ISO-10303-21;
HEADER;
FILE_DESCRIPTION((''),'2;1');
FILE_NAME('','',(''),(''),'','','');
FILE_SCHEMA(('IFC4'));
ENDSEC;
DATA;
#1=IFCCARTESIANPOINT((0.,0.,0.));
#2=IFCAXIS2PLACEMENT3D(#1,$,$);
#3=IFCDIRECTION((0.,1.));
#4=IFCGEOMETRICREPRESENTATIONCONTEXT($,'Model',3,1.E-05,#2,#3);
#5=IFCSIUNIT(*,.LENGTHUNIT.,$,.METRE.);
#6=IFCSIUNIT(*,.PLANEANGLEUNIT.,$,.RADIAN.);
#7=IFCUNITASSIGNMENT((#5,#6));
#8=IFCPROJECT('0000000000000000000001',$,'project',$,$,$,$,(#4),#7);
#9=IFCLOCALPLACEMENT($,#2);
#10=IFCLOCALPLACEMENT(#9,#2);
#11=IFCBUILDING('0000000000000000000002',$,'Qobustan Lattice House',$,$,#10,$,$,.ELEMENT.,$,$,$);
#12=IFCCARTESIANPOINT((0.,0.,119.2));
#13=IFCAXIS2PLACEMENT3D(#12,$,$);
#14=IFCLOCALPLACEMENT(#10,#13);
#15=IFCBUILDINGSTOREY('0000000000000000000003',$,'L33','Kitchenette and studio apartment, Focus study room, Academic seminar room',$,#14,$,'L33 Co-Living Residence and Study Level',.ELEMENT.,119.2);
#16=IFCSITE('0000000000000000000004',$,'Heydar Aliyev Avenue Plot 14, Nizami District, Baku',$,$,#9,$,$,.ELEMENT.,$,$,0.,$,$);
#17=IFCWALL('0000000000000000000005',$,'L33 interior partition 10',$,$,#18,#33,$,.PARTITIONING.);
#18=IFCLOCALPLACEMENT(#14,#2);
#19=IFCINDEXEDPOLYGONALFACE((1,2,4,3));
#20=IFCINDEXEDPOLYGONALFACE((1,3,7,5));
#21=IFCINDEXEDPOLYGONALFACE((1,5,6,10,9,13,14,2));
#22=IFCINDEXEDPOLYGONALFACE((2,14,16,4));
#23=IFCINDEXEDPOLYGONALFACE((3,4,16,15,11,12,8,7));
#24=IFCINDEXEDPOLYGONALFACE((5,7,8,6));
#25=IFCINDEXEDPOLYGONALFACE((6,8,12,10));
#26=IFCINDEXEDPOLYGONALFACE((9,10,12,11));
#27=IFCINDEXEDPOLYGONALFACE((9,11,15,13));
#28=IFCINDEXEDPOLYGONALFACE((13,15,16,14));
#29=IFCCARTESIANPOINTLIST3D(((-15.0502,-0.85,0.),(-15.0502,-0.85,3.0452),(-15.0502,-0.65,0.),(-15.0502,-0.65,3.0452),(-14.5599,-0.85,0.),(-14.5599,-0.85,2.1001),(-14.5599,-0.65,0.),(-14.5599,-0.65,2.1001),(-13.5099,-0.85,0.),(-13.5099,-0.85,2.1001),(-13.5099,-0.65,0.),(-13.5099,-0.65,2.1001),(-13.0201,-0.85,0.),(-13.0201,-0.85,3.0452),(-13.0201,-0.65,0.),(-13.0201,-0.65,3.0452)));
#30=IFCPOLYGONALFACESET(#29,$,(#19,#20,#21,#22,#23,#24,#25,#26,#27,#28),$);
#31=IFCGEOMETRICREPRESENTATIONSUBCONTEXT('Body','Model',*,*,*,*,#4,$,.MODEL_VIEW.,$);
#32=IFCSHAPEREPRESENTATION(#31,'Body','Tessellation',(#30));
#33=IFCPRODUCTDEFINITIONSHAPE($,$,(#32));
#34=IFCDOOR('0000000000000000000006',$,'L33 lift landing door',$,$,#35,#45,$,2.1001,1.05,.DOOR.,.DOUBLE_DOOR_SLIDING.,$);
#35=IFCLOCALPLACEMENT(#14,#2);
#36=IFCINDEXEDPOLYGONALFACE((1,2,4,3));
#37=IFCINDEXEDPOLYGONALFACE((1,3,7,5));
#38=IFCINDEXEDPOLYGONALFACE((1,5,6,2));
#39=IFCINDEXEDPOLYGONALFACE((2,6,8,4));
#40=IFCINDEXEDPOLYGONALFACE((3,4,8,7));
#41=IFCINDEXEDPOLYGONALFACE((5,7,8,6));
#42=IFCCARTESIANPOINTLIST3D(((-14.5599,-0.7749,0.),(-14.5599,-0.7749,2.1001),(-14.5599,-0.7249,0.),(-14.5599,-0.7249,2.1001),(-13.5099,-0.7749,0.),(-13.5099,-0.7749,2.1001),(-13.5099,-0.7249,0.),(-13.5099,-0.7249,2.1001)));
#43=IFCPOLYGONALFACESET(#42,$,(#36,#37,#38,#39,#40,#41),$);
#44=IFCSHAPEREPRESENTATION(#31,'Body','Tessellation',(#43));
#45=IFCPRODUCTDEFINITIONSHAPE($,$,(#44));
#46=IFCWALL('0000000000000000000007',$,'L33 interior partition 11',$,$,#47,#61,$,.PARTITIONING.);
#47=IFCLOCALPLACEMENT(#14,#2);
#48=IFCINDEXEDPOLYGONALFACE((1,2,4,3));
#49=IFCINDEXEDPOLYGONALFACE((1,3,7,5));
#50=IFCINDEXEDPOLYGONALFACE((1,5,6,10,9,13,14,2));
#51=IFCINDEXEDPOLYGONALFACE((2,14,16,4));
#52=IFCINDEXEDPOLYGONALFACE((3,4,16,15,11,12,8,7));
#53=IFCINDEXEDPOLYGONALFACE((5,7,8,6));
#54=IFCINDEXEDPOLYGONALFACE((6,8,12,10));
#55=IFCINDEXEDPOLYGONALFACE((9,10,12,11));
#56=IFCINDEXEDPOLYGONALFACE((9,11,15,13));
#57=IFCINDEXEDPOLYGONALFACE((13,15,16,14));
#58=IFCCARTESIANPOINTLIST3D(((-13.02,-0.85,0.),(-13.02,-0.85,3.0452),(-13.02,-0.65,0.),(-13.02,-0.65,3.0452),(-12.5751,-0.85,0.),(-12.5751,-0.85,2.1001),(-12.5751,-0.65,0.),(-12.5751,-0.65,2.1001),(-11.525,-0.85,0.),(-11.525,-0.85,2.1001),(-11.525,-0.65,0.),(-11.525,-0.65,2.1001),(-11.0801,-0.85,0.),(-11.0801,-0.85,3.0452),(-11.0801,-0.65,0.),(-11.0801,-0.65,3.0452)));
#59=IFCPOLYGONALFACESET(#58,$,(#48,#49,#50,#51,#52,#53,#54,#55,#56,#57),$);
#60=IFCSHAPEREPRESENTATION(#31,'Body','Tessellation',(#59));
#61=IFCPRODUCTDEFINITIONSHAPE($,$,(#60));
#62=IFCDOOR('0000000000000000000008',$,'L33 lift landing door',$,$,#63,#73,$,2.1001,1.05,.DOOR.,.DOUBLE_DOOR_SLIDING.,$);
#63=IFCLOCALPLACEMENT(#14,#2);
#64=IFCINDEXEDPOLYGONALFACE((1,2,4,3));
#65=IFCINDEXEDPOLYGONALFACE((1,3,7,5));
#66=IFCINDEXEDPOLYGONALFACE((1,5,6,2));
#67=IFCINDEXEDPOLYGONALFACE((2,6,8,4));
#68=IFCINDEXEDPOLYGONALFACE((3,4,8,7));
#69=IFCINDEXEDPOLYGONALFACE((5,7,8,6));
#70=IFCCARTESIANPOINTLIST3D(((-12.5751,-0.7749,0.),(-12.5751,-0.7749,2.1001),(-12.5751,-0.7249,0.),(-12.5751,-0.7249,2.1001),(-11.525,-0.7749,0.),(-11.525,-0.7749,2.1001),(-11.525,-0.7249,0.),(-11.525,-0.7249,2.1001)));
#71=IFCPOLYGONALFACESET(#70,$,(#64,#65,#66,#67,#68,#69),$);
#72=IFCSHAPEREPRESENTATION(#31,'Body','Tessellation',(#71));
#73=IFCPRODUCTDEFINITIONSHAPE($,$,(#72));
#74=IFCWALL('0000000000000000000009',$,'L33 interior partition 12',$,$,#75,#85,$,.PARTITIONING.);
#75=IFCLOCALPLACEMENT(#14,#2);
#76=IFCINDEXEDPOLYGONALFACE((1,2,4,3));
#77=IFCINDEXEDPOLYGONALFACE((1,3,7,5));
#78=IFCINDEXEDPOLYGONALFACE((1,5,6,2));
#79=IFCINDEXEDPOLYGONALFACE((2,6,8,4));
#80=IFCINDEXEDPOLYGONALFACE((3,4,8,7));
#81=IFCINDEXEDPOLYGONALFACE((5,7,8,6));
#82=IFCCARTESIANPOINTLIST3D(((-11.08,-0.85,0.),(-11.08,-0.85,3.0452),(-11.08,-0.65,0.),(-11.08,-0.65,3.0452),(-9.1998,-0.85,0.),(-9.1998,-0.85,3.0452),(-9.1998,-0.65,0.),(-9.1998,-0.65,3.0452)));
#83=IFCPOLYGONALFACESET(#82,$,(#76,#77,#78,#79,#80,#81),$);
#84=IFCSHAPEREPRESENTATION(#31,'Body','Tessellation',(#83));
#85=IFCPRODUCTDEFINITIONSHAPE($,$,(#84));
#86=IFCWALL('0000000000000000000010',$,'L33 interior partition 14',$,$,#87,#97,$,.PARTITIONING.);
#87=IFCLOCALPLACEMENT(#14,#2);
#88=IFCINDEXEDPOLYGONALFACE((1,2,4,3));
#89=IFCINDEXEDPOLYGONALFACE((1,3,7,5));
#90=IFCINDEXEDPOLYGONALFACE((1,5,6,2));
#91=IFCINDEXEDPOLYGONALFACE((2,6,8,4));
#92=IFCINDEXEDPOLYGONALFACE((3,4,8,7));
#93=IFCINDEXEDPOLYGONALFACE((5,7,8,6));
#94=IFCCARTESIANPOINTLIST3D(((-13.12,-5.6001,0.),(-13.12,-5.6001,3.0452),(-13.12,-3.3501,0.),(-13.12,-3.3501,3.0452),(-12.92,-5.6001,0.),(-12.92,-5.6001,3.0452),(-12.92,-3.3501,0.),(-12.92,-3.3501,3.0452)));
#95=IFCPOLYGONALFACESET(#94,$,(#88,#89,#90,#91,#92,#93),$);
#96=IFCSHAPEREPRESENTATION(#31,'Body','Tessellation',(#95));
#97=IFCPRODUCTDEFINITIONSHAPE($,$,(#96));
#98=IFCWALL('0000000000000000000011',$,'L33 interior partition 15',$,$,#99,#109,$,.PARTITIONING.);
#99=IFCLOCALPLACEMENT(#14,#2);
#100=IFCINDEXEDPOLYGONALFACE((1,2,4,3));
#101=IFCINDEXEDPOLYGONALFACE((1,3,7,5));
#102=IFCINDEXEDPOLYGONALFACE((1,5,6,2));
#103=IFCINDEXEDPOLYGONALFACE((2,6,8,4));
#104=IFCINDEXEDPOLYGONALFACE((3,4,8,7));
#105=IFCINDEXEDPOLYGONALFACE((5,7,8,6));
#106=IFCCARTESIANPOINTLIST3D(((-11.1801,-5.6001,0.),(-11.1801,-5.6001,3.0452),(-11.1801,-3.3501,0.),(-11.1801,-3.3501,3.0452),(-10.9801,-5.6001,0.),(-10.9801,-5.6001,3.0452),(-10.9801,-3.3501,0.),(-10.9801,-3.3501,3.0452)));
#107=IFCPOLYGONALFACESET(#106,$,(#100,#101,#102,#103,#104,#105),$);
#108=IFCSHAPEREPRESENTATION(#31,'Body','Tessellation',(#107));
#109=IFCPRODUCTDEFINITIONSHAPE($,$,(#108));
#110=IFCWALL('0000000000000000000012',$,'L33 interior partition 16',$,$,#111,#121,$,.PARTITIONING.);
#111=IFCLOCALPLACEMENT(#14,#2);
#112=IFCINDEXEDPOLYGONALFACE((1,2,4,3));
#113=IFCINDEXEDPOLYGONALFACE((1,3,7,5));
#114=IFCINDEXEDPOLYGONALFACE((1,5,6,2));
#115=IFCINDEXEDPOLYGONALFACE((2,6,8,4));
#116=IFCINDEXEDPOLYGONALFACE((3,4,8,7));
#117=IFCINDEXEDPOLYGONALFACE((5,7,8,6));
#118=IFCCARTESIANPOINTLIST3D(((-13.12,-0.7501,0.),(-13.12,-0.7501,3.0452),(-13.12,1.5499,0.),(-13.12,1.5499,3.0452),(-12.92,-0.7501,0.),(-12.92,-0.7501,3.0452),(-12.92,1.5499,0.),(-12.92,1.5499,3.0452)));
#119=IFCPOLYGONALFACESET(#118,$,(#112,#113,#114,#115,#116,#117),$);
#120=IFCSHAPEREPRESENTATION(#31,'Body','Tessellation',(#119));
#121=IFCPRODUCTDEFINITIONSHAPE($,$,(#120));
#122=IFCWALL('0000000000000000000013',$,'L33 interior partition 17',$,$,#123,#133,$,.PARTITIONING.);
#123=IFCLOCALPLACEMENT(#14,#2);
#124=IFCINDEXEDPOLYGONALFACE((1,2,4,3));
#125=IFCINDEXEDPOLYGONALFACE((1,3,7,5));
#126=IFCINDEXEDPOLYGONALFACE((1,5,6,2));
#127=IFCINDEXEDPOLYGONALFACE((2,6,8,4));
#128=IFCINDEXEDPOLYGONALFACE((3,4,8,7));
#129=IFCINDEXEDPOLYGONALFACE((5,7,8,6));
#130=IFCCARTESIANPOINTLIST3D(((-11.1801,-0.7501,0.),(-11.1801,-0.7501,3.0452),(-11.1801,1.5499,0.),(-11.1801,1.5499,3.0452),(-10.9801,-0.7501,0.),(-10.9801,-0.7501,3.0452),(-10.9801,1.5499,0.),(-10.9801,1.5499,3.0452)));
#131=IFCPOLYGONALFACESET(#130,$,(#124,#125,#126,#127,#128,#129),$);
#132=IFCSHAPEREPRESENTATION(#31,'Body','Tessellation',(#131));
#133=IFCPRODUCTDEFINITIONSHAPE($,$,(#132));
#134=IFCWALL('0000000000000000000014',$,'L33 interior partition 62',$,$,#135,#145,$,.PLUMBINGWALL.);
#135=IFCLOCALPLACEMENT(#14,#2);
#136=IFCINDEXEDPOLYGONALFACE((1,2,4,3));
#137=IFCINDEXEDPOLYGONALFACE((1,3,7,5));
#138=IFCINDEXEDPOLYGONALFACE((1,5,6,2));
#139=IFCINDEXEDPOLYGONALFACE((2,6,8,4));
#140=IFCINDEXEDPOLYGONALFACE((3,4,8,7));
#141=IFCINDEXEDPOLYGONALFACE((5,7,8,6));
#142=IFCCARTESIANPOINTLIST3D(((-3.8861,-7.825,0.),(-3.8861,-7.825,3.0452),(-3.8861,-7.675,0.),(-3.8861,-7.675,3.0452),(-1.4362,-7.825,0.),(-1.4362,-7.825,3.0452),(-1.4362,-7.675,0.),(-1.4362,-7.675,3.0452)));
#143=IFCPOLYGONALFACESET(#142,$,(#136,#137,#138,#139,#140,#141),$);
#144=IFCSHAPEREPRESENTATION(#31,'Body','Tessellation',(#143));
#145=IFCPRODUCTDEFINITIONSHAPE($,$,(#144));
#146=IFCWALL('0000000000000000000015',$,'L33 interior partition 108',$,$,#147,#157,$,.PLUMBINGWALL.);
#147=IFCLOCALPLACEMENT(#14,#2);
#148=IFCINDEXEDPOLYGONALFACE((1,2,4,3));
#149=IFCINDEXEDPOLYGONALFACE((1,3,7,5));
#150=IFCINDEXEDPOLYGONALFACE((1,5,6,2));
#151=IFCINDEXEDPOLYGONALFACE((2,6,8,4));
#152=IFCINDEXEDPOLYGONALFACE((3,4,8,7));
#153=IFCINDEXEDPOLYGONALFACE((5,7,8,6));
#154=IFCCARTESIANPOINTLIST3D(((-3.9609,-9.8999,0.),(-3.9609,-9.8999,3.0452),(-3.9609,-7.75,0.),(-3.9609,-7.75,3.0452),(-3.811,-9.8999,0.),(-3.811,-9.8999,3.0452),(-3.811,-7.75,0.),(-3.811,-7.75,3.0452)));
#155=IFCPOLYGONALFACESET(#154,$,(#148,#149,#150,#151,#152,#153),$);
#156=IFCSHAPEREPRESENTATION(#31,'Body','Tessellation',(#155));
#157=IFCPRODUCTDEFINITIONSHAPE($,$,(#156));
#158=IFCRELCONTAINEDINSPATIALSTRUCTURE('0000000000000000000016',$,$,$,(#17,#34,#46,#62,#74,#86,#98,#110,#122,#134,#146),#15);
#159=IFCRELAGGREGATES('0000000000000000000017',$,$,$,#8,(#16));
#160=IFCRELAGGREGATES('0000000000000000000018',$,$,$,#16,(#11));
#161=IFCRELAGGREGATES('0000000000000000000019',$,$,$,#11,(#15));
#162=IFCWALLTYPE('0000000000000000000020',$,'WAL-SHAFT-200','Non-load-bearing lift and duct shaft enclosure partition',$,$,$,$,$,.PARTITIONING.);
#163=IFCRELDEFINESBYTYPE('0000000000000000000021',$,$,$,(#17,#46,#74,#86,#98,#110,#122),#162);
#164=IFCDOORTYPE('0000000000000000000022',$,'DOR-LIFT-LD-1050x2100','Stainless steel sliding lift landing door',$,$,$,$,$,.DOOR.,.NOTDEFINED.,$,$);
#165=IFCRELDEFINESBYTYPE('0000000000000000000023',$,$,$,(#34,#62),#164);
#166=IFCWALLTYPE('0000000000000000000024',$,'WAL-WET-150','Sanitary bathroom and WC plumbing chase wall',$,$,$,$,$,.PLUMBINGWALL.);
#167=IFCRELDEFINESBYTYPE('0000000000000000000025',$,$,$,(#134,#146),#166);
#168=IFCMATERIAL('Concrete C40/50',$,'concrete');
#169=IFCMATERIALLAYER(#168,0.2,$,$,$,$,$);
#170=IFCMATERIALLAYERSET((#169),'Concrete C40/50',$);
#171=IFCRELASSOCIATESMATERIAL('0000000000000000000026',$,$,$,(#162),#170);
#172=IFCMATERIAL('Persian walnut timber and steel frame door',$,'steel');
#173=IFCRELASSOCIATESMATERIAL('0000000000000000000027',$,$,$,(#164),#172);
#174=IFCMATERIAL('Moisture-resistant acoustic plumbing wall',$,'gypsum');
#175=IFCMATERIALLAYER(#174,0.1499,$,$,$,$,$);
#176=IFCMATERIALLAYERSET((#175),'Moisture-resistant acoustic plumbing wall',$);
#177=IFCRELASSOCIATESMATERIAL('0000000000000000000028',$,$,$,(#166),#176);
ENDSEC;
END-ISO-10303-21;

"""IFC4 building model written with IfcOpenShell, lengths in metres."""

from ifc_helpers import new_model, si_unit, direction, frame, frame_2d, origin, place, context, subcontext, project, spatial, rectangle, extrude, material, layer, layer_set, type_object, element, fill, save


model = new_model("IFC4")

# Units and contexts
model_context = context("Model", 3, precision=1e-05, world=origin(), true_north=direction((0.0, 1.0)))
body_context = subcontext(model_context, "Body", "Model", "MODEL_VIEW")
ifc_project = project(units=[si_unit("LENGTHUNIT", "METRE"), si_unit("PLANEANGLEUNIT", "RADIAN")], contexts=[model_context])

# Site, building, storey
site_placement = place(None, origin())
site = spatial("IfcSite", under=ifc_project, at=site_placement, Name="Heydar Aliyev Avenue Plot 14, Nizami District, Baku", CompositionType="ELEMENT", RefElevation=0.0)
building_placement = place(site_placement, origin())
building = spatial("IfcBuilding", under=site, at=building_placement, Name="Qobustan Lattice House", CompositionType="ELEMENT")
storey_placement = place(building_placement, frame((0.0, 0.0, 119.2)))
storey = spatial("IfcBuildingStorey", under=building, at=storey_placement, Name="L33", Description="Kitchenette and studio apartment, Focus study room, Academic seminar room", LongName="L33 Co-Living Residence and Study Level", CompositionType="ELEMENT", Elevation=119.2)

# Shared definitions
ifc_material_1 = material(Name="Concrete C40/50", Category="concrete")
ifc_layer_1 = layer(ifc_material_1, 0.2)
ifc_layer_set_1 = layer_set([ifc_layer_1], Name="Concrete C40/50")
wall_type_1 = type_object("IfcWallType", Name="WAL-SHAFT-200", Description="Non-load-bearing lift and duct shaft enclosure partition", PredefinedType="PARTITIONING", material=ifc_layer_set_1)
ifc_material_2 = material(Name="Persian walnut timber and steel frame door", Category="steel")
door_type_1 = type_object("IfcDoorType", Name="DOR-LIFT-LD-1050x2100", Description="Stainless steel sliding lift landing door", OperationType="NOTDEFINED", PredefinedType="DOOR", material=ifc_material_2)

# Walls, openings, doors
wall_1_placement = place(storey_placement, frame((-13.02, -0.75, 0.0), z_axis=(0.0, 0.0, 1.0), x_axis=(-1.0, 0.0, 0.0)))
wall_1 = element("IfcWall", 1, at=wall_1_placement, inside=storey, type_object=wall_type_1, Name="L33 interior partition 10", PredefinedType="PARTITIONING", context=body_context, shape_type="SweptSolid", body=[
    extrude(rectangle(XDim=2.03, YDim=0.2, at=frame_2d((1.0151, 0.0))), origin(), (0.0, 0.0, 1.0), 3.0452),
])
opening_1_placement = place(wall_1_placement, frame((0.49, 0.0, 0.0)))
opening_1 = element("IfcOpeningElement", 2, at=opening_1_placement, cuts=wall_1, PredefinedType="OPENING", context=body_context, shape_type="SweptSolid", body=[
    extrude(rectangle(XDim=1.05, YDim=2.1001, at=frame_2d((0.5249, 1.05))), frame((0.0, 0.1099, 0.0), z_axis=(0.0, -1.0, 0.0), x_axis=(1.0, 0.0, 0.0)), (0.0, 0.0, 1.0), 0.22),
])
door_1_placement = place(opening_1_placement, origin())
door_1 = element("IfcDoor", 3, at=door_1_placement, inside=storey, type_object=door_type_1, Name="L33 lift landing door", OperationType="DOUBLE_DOOR_SLIDING", OverallHeight=2.1001, OverallWidth=1.05, PredefinedType="DOOR", context=body_context, shape_type="SweptSolid", body=[
    extrude(rectangle(XDim=1.05, YDim=2.1001, at=frame_2d((0.5249, 1.05))), frame((0.0, 0.0249, 0.0), z_axis=(0.0, -1.0, 0.0), x_axis=(1.0, 0.0, 0.0)), (0.0, 0.0, 1.0), 0.05),
])
fill(opening_1, door_1)
wall_2_placement = place(storey_placement, frame((-11.0801, -0.75, 0.0), z_axis=(0.0, 0.0, 1.0), x_axis=(-1.0, 0.0, 0.0)))
wall_2 = element("IfcWall", 4, at=wall_2_placement, inside=storey, type_object=wall_type_1, Name="L33 interior partition 11", PredefinedType="PARTITIONING", context=body_context, shape_type="SweptSolid", body=[
    extrude(rectangle(XDim=1.9399, YDim=0.2, at=frame_2d((0.97, 0.0))), origin(), (0.0, 0.0, 1.0), 3.0452),
])
opening_2_placement = place(wall_2_placement, frame((0.4451, 0.0, 0.0)))
opening_2 = element("IfcOpeningElement", 5, at=opening_2_placement, cuts=wall_2, PredefinedType="OPENING", context=body_context, shape_type="SweptSolid", body=[
    extrude(rectangle(XDim=1.05, YDim=2.1001, at=frame_2d((0.5249, 1.05))), frame((0.0, 0.1099, 0.0), z_axis=(0.0, -1.0, 0.0), x_axis=(1.0, 0.0, 0.0)), (0.0, 0.0, 1.0), 0.22),
])
door_2_placement = place(opening_2_placement, origin())
door_2 = element("IfcDoor", 6, at=door_2_placement, inside=storey, type_object=door_type_1, Name="L33 lift landing door", OperationType="DOUBLE_DOOR_SLIDING", OverallHeight=2.1001, OverallWidth=1.05, PredefinedType="DOOR", context=body_context, shape_type="SweptSolid", body=[
    extrude(rectangle(XDim=1.05, YDim=2.1001, at=frame_2d((0.5249, 1.05))), frame((0.0, 0.0249, 0.0), z_axis=(0.0, -1.0, 0.0), x_axis=(1.0, 0.0, 0.0)), (0.0, 0.0, 1.0), 0.05),
])
fill(opening_2, door_2)

# Walls
wall_3_placement = place(storey_placement, frame((-9.2, -0.75, 0.0), z_axis=(0.0, 0.0, 1.0), x_axis=(-1.0, 0.0, 0.0)))
element("IfcWall", 7, at=wall_3_placement, inside=storey, type_object=wall_type_1, Name="L33 interior partition 12", PredefinedType="PARTITIONING", context=body_context, shape_type="SweptSolid", body=[
    extrude(rectangle(XDim=1.8801, YDim=0.2, at=frame_2d((0.9399, 0.0))), origin(), (0.0, 0.0, 1.0), 3.0452),
])
for number, where, z_axis, x_axis, name in (
    (8, (-13.02, -5.6001, 0.0), (0.0, 0.0, 1.0), (0.0, 1.0, 0.0), "L33 interior partition 14"),
    (9, (-11.0801, -5.6001, 0.0), (0.0, 0.0, 1.0), (0.0, 1.0, 0.0), "L33 interior partition 15"),
):
    element("IfcWall", number, at=place(storey_placement, frame(where, z_axis=z_axis, x_axis=x_axis)), inside=storey, type_object=wall_type_1, Name=name, PredefinedType="PARTITIONING", context=body_context, shape_type="SweptSolid", body=[
        extrude(rectangle(XDim=2.25, YDim=0.2, at=frame_2d((1.125, 0.0))), origin(), (0.0, 0.0, 1.0), 3.0452),
    ])
for number, where, z_axis, x_axis, name in (
    (10, (-13.02, -0.75, 0.0), (0.0, 0.0, 1.0), (0.0, 1.0, 0.0), "L33 interior partition 16"),
    (11, (-11.0801, -0.75, 0.0), (0.0, 0.0, 1.0), (0.0, 1.0, 0.0), "L33 interior partition 17"),
):
    element("IfcWall", number, at=place(storey_placement, frame(where, z_axis=z_axis, x_axis=x_axis)), inside=storey, type_object=wall_type_1, Name=name, PredefinedType="PARTITIONING", context=body_context, shape_type="SweptSolid", body=[
        extrude(rectangle(XDim=2.3, YDim=0.2, at=frame_2d((1.1499, 0.0))), origin(), (0.0, 0.0, 1.0), 3.0452),
    ])
ifc_material_3 = material(Name="Moisture-resistant acoustic plumbing wall", Category="gypsum")
ifc_layer_2 = layer(ifc_material_3, 0.1499)
ifc_layer_set_2 = layer_set([ifc_layer_2], Name="Moisture-resistant acoustic plumbing wall")
wall_type_2 = type_object("IfcWallType", Name="WAL-WET-150", Description="Sanitary bathroom and WC plumbing chase wall", PredefinedType="PLUMBINGWALL", material=ifc_layer_set_2)
wall_4_placement = place(storey_placement, frame((-1.436, -7.75, 0.0), z_axis=(0.0, 0.0, 1.0), x_axis=(-1.0, 0.0, 0.0)))
element("IfcWall", 12, at=wall_4_placement, inside=storey, type_object=wall_type_2, Name="L33 interior partition 62", PredefinedType="PLUMBINGWALL", context=body_context, shape_type="SweptSolid", body=[
    extrude(rectangle(XDim=2.45, YDim=0.1499, at=frame_2d((1.2251, 0.0))), origin(), (0.0, 0.0, 1.0), 3.0452),
])
wall_5_placement = place(storey_placement, frame((-3.886, -7.75, 0.0), z_axis=(0.0, 0.0, 1.0), x_axis=(0.0, -1.0, 0.0)))
element("IfcWall", 13, at=wall_5_placement, inside=storey, type_object=wall_type_2, Name="L33 interior partition 108", PredefinedType="PLUMBINGWALL", context=body_context, shape_type="SweptSolid", body=[
    extrude(rectangle(XDim=2.1499, YDim=0.1499, at=frame_2d((1.075, 0.0))), origin(), (0.0, 0.0, 1.0), 3.0452),
])

save(model, "model.ifc")
